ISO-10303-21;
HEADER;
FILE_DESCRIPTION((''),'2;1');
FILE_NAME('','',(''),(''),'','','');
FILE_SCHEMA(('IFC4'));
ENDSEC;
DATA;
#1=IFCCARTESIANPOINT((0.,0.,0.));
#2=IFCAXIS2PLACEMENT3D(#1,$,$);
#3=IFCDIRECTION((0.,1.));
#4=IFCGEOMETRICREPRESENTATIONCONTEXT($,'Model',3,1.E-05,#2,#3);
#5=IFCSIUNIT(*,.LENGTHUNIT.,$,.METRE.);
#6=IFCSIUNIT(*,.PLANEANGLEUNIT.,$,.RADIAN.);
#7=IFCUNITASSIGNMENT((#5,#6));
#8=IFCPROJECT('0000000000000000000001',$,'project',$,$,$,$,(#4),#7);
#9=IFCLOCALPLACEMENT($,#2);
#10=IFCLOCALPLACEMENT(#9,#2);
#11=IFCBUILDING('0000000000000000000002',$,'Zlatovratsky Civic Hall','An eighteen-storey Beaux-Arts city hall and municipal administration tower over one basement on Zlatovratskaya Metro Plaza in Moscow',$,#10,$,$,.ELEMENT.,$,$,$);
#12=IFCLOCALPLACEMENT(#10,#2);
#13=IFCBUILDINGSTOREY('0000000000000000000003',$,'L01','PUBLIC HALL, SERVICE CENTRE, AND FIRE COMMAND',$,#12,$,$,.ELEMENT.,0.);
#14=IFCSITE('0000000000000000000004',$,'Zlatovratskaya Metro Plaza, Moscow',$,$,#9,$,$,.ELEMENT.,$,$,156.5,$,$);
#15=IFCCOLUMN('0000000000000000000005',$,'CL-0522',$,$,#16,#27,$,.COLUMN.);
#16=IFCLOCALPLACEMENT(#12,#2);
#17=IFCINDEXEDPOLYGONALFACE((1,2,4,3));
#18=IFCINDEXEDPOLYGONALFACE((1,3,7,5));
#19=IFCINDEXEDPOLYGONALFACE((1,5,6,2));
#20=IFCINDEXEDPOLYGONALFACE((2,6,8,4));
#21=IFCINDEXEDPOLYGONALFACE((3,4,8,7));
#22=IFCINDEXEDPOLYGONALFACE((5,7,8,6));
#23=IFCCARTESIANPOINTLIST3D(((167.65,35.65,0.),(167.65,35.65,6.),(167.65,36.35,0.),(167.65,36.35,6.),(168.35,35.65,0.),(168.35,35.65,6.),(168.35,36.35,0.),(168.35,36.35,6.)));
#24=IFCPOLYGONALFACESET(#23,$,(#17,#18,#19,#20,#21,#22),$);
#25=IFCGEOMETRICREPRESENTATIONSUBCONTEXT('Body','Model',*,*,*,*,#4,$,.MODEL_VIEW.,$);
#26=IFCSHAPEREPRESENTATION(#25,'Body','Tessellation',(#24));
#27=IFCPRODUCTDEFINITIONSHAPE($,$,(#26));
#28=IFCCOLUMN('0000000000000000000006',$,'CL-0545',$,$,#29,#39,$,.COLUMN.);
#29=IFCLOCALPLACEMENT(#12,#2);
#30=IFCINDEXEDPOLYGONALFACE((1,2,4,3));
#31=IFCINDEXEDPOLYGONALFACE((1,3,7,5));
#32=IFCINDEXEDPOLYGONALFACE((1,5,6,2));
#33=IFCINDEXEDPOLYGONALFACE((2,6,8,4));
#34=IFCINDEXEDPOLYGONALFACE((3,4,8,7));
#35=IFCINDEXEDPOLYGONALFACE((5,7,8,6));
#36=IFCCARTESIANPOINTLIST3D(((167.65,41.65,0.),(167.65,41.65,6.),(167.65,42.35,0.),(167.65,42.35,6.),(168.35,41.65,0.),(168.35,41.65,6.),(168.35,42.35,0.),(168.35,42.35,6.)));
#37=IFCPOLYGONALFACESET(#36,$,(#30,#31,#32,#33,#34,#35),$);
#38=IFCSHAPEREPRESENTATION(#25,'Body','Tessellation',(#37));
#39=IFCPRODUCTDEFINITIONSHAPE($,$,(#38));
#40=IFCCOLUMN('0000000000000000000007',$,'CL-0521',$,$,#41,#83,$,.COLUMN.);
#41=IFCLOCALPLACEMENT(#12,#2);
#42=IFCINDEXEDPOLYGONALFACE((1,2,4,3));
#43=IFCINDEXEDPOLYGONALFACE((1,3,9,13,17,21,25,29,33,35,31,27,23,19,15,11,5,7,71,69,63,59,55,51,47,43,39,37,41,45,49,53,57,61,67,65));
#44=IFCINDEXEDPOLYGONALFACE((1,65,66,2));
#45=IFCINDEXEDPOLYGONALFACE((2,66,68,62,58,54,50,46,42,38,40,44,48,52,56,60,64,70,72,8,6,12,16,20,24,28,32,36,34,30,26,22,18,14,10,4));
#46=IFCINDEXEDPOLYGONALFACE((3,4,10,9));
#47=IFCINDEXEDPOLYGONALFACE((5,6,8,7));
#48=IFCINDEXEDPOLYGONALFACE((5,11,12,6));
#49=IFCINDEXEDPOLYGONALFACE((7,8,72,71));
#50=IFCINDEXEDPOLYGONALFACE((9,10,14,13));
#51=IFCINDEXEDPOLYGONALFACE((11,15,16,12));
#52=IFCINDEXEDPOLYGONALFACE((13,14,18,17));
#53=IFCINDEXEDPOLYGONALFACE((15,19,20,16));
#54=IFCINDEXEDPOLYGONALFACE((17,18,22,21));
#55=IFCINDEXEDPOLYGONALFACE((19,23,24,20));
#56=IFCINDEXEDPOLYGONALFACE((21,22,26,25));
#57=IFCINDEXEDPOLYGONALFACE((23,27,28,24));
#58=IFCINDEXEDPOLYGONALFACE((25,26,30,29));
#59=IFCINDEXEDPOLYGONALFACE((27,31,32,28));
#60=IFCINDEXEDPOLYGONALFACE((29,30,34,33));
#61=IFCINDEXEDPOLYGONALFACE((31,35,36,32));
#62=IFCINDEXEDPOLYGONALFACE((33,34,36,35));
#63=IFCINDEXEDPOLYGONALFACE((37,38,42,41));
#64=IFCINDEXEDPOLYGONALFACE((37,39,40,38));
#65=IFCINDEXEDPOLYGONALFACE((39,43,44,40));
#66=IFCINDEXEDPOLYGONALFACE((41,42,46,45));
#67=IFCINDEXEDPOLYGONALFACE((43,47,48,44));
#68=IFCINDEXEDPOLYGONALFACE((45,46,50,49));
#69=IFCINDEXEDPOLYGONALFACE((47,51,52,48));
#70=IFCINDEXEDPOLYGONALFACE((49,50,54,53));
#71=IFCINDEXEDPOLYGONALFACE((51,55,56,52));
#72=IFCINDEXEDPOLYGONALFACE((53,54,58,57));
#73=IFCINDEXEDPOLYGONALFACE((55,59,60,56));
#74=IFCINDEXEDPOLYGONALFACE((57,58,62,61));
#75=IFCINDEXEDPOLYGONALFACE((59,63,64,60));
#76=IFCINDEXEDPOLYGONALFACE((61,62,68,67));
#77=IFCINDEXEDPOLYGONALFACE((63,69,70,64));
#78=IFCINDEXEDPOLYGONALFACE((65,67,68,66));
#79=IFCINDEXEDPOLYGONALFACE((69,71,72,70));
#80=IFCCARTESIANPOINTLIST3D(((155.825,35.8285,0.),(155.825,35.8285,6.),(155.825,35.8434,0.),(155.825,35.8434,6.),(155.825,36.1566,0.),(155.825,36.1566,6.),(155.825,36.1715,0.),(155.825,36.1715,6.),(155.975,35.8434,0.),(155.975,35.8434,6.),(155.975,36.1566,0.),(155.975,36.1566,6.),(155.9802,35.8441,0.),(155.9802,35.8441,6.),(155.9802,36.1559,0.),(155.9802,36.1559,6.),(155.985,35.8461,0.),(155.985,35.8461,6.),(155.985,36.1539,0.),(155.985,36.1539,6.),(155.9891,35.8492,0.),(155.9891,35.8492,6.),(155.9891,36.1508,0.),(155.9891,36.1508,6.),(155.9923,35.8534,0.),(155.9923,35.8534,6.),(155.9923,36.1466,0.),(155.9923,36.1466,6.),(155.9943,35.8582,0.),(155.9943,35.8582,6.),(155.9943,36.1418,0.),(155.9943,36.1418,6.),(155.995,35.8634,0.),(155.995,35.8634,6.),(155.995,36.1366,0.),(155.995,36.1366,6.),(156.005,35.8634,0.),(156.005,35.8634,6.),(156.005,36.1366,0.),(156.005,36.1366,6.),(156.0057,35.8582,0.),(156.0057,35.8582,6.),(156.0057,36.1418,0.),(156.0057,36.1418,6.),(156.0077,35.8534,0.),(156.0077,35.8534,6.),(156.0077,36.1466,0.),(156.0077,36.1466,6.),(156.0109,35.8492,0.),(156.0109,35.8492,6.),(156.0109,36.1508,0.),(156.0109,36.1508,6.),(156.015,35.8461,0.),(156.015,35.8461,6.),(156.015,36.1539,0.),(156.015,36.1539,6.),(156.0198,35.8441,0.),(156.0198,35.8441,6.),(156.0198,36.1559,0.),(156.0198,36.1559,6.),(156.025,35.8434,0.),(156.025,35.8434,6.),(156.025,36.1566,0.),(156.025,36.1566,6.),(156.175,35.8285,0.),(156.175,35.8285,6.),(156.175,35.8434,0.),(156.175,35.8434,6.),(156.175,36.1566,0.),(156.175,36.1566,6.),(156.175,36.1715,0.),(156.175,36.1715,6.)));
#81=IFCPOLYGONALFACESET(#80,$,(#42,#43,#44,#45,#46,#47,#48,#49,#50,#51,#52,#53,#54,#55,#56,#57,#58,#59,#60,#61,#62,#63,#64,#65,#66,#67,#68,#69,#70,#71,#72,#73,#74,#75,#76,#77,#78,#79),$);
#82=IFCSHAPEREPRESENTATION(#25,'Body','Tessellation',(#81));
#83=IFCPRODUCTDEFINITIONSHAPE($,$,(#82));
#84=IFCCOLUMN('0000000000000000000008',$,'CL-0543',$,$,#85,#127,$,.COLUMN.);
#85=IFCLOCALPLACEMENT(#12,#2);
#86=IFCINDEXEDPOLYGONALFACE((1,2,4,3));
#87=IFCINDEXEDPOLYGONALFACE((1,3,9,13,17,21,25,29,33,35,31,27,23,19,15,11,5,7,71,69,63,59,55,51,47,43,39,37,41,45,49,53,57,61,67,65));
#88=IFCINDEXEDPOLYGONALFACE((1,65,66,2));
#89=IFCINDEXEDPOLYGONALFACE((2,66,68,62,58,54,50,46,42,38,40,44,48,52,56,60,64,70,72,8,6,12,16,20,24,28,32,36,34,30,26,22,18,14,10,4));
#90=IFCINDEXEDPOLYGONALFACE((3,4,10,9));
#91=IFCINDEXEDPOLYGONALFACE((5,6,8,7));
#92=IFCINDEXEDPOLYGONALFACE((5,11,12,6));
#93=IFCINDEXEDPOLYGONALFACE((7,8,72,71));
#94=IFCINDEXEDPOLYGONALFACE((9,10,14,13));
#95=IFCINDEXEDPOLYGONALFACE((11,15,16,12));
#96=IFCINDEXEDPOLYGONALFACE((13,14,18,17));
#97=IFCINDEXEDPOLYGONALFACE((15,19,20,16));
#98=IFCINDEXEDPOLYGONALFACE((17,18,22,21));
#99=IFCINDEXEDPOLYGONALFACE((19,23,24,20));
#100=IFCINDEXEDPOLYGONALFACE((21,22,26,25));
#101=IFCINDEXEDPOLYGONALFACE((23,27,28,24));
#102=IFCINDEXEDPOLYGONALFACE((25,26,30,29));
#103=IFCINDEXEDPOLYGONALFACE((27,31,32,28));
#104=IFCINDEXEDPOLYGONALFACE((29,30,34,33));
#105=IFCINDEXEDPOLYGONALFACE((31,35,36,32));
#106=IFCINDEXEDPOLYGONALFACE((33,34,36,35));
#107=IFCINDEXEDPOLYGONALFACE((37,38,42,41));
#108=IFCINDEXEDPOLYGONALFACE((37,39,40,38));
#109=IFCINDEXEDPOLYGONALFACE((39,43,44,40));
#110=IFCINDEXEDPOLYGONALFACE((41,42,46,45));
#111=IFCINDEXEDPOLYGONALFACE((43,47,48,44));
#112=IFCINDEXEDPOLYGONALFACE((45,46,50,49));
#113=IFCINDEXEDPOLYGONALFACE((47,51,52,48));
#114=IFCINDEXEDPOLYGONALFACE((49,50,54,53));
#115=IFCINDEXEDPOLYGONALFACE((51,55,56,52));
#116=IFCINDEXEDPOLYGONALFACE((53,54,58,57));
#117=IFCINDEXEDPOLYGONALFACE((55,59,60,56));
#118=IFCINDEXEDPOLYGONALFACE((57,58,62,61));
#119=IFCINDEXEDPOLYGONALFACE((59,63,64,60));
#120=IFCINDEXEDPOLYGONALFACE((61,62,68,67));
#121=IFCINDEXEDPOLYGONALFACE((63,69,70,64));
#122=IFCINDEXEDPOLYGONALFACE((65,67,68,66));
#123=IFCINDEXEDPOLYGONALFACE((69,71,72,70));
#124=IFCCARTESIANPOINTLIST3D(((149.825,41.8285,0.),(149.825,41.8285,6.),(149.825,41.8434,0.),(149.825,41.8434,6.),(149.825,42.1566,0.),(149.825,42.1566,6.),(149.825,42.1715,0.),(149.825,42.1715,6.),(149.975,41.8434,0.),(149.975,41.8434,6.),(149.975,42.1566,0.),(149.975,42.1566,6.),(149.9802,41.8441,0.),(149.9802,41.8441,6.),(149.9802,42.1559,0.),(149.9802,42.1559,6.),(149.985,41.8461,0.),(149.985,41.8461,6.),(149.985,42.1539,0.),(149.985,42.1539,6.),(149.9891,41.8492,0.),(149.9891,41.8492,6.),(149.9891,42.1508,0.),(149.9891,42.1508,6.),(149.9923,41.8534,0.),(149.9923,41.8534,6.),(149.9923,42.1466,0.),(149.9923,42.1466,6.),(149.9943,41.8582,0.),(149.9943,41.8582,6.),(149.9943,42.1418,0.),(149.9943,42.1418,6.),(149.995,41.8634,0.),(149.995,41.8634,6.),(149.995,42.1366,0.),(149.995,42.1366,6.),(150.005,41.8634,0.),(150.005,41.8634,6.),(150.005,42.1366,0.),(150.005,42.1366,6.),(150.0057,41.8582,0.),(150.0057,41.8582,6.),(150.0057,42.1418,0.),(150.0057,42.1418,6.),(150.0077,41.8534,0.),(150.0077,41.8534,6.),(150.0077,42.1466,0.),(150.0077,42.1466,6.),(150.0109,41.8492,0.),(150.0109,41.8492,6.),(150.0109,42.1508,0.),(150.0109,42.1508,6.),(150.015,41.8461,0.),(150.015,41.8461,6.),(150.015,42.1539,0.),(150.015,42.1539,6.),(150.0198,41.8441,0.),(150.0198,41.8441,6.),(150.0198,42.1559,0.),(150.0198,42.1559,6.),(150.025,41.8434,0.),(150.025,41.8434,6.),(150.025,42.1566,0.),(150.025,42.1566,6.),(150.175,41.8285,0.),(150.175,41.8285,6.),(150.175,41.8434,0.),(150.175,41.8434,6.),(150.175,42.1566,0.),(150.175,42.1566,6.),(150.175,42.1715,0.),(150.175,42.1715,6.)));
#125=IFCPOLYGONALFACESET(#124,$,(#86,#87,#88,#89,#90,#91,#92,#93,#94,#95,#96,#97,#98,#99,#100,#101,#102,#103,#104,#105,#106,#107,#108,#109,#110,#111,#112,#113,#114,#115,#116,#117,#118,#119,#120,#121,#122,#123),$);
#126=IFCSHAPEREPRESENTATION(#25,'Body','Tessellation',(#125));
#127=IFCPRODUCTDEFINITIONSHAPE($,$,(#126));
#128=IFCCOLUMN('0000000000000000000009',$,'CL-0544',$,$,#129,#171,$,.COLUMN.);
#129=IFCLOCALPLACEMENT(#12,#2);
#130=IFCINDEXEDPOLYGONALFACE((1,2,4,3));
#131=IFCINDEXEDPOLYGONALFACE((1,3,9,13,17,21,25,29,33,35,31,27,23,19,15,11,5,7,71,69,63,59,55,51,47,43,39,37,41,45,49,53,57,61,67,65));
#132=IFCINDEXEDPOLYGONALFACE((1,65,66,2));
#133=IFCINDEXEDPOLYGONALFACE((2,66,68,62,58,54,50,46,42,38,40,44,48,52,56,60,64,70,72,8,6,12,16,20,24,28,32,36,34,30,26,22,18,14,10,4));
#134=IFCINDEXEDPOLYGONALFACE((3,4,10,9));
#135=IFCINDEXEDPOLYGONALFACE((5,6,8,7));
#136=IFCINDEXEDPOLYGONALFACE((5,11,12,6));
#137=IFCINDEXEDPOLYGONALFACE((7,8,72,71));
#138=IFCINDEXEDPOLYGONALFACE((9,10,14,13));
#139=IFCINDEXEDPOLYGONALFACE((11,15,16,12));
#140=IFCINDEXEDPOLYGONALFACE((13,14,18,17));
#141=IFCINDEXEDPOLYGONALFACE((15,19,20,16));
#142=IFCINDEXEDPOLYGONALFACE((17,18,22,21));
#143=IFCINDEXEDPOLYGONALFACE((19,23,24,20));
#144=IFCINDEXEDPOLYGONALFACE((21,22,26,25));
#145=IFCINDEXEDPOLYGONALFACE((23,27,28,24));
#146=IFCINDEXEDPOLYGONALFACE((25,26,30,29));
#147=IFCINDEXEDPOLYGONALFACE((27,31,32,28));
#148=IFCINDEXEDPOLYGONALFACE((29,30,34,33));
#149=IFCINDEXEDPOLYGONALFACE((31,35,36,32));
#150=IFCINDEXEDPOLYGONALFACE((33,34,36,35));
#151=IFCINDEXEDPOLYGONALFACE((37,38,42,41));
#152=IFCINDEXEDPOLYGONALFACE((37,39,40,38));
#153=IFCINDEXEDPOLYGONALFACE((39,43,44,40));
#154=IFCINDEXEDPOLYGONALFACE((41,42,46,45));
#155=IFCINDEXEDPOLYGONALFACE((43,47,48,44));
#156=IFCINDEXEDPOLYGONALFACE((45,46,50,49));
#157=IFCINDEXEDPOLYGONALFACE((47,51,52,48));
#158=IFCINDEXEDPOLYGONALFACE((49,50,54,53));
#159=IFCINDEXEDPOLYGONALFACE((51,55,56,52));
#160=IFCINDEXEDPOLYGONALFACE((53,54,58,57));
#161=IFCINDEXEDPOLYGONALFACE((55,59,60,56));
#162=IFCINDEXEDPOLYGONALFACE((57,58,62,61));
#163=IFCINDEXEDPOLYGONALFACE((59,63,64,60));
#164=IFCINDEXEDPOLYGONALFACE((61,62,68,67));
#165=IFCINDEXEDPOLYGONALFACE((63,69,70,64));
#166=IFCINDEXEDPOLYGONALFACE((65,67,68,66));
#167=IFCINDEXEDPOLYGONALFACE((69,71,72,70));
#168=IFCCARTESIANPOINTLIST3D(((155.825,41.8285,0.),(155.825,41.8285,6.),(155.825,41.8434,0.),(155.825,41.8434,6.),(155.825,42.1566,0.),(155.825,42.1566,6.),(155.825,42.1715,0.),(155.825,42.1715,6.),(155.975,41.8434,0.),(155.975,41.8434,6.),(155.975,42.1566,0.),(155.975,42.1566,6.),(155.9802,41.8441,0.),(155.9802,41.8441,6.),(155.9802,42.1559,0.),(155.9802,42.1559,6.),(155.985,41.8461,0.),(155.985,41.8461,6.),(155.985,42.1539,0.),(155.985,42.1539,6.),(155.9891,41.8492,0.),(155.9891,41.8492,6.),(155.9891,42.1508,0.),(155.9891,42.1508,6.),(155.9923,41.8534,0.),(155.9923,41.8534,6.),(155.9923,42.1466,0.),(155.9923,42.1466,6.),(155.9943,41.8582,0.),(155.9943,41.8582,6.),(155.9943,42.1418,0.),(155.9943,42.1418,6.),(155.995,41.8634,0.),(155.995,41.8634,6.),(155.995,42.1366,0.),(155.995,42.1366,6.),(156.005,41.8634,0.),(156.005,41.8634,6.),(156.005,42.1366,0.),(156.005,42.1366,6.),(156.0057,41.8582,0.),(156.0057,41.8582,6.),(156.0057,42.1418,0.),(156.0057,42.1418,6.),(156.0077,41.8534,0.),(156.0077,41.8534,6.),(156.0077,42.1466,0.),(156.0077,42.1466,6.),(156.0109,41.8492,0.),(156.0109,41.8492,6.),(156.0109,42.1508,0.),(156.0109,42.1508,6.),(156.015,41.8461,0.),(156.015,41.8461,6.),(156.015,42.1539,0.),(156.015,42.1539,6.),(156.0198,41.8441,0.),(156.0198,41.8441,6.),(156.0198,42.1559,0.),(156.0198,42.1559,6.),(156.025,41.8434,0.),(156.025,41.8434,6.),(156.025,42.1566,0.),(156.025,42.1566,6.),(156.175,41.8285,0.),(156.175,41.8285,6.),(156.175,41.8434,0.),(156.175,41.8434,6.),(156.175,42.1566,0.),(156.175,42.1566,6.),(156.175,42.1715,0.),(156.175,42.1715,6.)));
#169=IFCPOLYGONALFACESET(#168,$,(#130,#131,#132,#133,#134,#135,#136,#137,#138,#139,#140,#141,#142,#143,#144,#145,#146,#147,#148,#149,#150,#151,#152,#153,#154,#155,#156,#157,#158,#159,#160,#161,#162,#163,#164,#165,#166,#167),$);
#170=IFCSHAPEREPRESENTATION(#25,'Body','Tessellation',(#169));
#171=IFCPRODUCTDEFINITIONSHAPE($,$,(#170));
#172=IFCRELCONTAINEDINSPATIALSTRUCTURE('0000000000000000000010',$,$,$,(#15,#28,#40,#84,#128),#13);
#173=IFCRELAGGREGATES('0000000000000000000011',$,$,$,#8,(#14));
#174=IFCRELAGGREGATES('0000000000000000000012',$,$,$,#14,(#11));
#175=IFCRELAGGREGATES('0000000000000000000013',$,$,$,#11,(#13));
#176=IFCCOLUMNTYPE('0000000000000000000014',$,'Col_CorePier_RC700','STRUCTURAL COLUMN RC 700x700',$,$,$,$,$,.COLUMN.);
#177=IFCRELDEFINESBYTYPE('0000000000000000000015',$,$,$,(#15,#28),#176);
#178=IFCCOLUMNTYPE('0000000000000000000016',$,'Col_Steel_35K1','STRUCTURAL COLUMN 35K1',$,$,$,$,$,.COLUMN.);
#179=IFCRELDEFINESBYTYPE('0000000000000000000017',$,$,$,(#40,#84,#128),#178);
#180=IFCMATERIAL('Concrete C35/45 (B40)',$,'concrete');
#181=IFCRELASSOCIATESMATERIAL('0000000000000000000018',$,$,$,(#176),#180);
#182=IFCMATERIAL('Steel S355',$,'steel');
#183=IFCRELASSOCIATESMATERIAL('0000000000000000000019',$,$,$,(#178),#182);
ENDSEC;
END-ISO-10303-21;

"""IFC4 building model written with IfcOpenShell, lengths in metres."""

from ifc_helpers import new_model, si_unit, direction, frame, origin, origin_2d, place, context, subcontext, project, spatial, rectangle, i_section, extrude, material, material_profile, profile_set, type_object, element, save


model = new_model("IFC4")

# Units and contexts
model_context = context("Model", 3, precision=1e-05, world=origin(), true_north=direction((0.0, 1.0)))
body_context = subcontext(model_context, "Body", "Model", "MODEL_VIEW")
ifc_project = project(units=[si_unit("LENGTHUNIT", "METRE"), si_unit("PLANEANGLEUNIT", "RADIAN")], contexts=[model_context])

# Site, building, storey
site_placement = place(None, origin())
site = spatial("IfcSite", under=ifc_project, at=site_placement, Name="Zlatovratskaya Metro Plaza, Moscow", CompositionType="ELEMENT", RefElevation=156.5)
building_placement = place(site_placement, origin())
building = spatial("IfcBuilding", under=site, at=building_placement, Name="Zlatovratsky Civic Hall", Description="An eighteen-storey Beaux-Arts city hall and municipal administration tower over one basement on Zlatovratskaya Metro Plaza in Moscow", CompositionType="ELEMENT")
storey_placement = place(building_placement, origin())
storey = spatial("IfcBuildingStorey", under=building, at=storey_placement, Name="L01", Description="PUBLIC HALL, SERVICE CENTRE, AND FIRE COMMAND", CompositionType="ELEMENT", Elevation=0.0)

# Columns
ifc_material_1 = material(Name="Concrete C35/45 (B40)", Category="concrete")
ifc_material_profile_1 = material_profile(ifc_material_1, rectangle(XDim=0.7, YDim=0.7, at=origin_2d()), Name="RC 700x700")
ifc_profile_set_1 = profile_set([ifc_material_profile_1], Name="Concrete C35/45 (B40)")
column_type_1 = type_object("IfcColumnType", Name="Col_CorePier_RC700", Description="STRUCTURAL COLUMN RC 700x700", PredefinedType="COLUMN", material=ifc_profile_set_1)
for number, where, z_axis, x_axis, name in (
    (1, (168.0, 36.0, 0.0), (0.0, 0.0, 1.0), (1.0, 0.0, 0.0), "CL-0522"),
    (2, (168.0, 42.0, 0.0), (0.0, 0.0, 1.0), (1.0, 0.0, 0.0), "CL-0545"),
):
    element("IfcColumn", number, at=place(storey_placement, frame(where, z_axis=z_axis, x_axis=x_axis)), inside=storey, type_object=column_type_1, Name=name, PredefinedType="COLUMN", context=body_context, shape_type="SweptSolid", body=[
        extrude(rectangle(XDim=0.7, YDim=0.7, at=origin_2d()), origin(), (0.0, 0.0, 1.0), 6.0),
    ])
ifc_material_2 = material(Name="Steel S355", Category="steel")
ifc_material_profile_2 = material_profile(ifc_material_2, i_section(OverallWidth=0.3501, OverallDepth=0.343, WebThickness=0.01, FlangeThickness=0.0149, FilletRadius=0.02, at=origin_2d()), Name="35K1")
ifc_profile_set_2 = profile_set([ifc_material_profile_2], Name="Steel S355")
column_type_2 = type_object("IfcColumnType", Name="Col_Steel_35K1", Description="STRUCTURAL COLUMN 35K1", PredefinedType="COLUMN", material=ifc_profile_set_2)
for number, where, z_axis, x_axis, name in (
    (3, (156.0, 36.0, 0.0), (0.0, 0.0, 1.0), (1.0, 0.0, 0.0), "CL-0521"),
    (4, (150.0, 42.0, 0.0), (0.0, 0.0, 1.0), (1.0, 0.0, 0.0), "CL-0543"),
    (5, (156.0, 42.0, 0.0), (0.0, 0.0, 1.0), (1.0, 0.0, 0.0), "CL-0544"),
):
    element("IfcColumn", number, at=place(storey_placement, frame(where, z_axis=z_axis, x_axis=x_axis)), inside=storey, type_object=column_type_2, Name=name, PredefinedType="COLUMN", context=body_context, shape_type="SweptSolid", body=[
        extrude(i_section(OverallWidth=0.3501, OverallDepth=0.343, WebThickness=0.01, FlangeThickness=0.0149, FilletRadius=0.02, at=origin_2d()), origin(), (0.0, 0.0, 1.0), 6.0),
    ])

save(model, "model.ifc")
